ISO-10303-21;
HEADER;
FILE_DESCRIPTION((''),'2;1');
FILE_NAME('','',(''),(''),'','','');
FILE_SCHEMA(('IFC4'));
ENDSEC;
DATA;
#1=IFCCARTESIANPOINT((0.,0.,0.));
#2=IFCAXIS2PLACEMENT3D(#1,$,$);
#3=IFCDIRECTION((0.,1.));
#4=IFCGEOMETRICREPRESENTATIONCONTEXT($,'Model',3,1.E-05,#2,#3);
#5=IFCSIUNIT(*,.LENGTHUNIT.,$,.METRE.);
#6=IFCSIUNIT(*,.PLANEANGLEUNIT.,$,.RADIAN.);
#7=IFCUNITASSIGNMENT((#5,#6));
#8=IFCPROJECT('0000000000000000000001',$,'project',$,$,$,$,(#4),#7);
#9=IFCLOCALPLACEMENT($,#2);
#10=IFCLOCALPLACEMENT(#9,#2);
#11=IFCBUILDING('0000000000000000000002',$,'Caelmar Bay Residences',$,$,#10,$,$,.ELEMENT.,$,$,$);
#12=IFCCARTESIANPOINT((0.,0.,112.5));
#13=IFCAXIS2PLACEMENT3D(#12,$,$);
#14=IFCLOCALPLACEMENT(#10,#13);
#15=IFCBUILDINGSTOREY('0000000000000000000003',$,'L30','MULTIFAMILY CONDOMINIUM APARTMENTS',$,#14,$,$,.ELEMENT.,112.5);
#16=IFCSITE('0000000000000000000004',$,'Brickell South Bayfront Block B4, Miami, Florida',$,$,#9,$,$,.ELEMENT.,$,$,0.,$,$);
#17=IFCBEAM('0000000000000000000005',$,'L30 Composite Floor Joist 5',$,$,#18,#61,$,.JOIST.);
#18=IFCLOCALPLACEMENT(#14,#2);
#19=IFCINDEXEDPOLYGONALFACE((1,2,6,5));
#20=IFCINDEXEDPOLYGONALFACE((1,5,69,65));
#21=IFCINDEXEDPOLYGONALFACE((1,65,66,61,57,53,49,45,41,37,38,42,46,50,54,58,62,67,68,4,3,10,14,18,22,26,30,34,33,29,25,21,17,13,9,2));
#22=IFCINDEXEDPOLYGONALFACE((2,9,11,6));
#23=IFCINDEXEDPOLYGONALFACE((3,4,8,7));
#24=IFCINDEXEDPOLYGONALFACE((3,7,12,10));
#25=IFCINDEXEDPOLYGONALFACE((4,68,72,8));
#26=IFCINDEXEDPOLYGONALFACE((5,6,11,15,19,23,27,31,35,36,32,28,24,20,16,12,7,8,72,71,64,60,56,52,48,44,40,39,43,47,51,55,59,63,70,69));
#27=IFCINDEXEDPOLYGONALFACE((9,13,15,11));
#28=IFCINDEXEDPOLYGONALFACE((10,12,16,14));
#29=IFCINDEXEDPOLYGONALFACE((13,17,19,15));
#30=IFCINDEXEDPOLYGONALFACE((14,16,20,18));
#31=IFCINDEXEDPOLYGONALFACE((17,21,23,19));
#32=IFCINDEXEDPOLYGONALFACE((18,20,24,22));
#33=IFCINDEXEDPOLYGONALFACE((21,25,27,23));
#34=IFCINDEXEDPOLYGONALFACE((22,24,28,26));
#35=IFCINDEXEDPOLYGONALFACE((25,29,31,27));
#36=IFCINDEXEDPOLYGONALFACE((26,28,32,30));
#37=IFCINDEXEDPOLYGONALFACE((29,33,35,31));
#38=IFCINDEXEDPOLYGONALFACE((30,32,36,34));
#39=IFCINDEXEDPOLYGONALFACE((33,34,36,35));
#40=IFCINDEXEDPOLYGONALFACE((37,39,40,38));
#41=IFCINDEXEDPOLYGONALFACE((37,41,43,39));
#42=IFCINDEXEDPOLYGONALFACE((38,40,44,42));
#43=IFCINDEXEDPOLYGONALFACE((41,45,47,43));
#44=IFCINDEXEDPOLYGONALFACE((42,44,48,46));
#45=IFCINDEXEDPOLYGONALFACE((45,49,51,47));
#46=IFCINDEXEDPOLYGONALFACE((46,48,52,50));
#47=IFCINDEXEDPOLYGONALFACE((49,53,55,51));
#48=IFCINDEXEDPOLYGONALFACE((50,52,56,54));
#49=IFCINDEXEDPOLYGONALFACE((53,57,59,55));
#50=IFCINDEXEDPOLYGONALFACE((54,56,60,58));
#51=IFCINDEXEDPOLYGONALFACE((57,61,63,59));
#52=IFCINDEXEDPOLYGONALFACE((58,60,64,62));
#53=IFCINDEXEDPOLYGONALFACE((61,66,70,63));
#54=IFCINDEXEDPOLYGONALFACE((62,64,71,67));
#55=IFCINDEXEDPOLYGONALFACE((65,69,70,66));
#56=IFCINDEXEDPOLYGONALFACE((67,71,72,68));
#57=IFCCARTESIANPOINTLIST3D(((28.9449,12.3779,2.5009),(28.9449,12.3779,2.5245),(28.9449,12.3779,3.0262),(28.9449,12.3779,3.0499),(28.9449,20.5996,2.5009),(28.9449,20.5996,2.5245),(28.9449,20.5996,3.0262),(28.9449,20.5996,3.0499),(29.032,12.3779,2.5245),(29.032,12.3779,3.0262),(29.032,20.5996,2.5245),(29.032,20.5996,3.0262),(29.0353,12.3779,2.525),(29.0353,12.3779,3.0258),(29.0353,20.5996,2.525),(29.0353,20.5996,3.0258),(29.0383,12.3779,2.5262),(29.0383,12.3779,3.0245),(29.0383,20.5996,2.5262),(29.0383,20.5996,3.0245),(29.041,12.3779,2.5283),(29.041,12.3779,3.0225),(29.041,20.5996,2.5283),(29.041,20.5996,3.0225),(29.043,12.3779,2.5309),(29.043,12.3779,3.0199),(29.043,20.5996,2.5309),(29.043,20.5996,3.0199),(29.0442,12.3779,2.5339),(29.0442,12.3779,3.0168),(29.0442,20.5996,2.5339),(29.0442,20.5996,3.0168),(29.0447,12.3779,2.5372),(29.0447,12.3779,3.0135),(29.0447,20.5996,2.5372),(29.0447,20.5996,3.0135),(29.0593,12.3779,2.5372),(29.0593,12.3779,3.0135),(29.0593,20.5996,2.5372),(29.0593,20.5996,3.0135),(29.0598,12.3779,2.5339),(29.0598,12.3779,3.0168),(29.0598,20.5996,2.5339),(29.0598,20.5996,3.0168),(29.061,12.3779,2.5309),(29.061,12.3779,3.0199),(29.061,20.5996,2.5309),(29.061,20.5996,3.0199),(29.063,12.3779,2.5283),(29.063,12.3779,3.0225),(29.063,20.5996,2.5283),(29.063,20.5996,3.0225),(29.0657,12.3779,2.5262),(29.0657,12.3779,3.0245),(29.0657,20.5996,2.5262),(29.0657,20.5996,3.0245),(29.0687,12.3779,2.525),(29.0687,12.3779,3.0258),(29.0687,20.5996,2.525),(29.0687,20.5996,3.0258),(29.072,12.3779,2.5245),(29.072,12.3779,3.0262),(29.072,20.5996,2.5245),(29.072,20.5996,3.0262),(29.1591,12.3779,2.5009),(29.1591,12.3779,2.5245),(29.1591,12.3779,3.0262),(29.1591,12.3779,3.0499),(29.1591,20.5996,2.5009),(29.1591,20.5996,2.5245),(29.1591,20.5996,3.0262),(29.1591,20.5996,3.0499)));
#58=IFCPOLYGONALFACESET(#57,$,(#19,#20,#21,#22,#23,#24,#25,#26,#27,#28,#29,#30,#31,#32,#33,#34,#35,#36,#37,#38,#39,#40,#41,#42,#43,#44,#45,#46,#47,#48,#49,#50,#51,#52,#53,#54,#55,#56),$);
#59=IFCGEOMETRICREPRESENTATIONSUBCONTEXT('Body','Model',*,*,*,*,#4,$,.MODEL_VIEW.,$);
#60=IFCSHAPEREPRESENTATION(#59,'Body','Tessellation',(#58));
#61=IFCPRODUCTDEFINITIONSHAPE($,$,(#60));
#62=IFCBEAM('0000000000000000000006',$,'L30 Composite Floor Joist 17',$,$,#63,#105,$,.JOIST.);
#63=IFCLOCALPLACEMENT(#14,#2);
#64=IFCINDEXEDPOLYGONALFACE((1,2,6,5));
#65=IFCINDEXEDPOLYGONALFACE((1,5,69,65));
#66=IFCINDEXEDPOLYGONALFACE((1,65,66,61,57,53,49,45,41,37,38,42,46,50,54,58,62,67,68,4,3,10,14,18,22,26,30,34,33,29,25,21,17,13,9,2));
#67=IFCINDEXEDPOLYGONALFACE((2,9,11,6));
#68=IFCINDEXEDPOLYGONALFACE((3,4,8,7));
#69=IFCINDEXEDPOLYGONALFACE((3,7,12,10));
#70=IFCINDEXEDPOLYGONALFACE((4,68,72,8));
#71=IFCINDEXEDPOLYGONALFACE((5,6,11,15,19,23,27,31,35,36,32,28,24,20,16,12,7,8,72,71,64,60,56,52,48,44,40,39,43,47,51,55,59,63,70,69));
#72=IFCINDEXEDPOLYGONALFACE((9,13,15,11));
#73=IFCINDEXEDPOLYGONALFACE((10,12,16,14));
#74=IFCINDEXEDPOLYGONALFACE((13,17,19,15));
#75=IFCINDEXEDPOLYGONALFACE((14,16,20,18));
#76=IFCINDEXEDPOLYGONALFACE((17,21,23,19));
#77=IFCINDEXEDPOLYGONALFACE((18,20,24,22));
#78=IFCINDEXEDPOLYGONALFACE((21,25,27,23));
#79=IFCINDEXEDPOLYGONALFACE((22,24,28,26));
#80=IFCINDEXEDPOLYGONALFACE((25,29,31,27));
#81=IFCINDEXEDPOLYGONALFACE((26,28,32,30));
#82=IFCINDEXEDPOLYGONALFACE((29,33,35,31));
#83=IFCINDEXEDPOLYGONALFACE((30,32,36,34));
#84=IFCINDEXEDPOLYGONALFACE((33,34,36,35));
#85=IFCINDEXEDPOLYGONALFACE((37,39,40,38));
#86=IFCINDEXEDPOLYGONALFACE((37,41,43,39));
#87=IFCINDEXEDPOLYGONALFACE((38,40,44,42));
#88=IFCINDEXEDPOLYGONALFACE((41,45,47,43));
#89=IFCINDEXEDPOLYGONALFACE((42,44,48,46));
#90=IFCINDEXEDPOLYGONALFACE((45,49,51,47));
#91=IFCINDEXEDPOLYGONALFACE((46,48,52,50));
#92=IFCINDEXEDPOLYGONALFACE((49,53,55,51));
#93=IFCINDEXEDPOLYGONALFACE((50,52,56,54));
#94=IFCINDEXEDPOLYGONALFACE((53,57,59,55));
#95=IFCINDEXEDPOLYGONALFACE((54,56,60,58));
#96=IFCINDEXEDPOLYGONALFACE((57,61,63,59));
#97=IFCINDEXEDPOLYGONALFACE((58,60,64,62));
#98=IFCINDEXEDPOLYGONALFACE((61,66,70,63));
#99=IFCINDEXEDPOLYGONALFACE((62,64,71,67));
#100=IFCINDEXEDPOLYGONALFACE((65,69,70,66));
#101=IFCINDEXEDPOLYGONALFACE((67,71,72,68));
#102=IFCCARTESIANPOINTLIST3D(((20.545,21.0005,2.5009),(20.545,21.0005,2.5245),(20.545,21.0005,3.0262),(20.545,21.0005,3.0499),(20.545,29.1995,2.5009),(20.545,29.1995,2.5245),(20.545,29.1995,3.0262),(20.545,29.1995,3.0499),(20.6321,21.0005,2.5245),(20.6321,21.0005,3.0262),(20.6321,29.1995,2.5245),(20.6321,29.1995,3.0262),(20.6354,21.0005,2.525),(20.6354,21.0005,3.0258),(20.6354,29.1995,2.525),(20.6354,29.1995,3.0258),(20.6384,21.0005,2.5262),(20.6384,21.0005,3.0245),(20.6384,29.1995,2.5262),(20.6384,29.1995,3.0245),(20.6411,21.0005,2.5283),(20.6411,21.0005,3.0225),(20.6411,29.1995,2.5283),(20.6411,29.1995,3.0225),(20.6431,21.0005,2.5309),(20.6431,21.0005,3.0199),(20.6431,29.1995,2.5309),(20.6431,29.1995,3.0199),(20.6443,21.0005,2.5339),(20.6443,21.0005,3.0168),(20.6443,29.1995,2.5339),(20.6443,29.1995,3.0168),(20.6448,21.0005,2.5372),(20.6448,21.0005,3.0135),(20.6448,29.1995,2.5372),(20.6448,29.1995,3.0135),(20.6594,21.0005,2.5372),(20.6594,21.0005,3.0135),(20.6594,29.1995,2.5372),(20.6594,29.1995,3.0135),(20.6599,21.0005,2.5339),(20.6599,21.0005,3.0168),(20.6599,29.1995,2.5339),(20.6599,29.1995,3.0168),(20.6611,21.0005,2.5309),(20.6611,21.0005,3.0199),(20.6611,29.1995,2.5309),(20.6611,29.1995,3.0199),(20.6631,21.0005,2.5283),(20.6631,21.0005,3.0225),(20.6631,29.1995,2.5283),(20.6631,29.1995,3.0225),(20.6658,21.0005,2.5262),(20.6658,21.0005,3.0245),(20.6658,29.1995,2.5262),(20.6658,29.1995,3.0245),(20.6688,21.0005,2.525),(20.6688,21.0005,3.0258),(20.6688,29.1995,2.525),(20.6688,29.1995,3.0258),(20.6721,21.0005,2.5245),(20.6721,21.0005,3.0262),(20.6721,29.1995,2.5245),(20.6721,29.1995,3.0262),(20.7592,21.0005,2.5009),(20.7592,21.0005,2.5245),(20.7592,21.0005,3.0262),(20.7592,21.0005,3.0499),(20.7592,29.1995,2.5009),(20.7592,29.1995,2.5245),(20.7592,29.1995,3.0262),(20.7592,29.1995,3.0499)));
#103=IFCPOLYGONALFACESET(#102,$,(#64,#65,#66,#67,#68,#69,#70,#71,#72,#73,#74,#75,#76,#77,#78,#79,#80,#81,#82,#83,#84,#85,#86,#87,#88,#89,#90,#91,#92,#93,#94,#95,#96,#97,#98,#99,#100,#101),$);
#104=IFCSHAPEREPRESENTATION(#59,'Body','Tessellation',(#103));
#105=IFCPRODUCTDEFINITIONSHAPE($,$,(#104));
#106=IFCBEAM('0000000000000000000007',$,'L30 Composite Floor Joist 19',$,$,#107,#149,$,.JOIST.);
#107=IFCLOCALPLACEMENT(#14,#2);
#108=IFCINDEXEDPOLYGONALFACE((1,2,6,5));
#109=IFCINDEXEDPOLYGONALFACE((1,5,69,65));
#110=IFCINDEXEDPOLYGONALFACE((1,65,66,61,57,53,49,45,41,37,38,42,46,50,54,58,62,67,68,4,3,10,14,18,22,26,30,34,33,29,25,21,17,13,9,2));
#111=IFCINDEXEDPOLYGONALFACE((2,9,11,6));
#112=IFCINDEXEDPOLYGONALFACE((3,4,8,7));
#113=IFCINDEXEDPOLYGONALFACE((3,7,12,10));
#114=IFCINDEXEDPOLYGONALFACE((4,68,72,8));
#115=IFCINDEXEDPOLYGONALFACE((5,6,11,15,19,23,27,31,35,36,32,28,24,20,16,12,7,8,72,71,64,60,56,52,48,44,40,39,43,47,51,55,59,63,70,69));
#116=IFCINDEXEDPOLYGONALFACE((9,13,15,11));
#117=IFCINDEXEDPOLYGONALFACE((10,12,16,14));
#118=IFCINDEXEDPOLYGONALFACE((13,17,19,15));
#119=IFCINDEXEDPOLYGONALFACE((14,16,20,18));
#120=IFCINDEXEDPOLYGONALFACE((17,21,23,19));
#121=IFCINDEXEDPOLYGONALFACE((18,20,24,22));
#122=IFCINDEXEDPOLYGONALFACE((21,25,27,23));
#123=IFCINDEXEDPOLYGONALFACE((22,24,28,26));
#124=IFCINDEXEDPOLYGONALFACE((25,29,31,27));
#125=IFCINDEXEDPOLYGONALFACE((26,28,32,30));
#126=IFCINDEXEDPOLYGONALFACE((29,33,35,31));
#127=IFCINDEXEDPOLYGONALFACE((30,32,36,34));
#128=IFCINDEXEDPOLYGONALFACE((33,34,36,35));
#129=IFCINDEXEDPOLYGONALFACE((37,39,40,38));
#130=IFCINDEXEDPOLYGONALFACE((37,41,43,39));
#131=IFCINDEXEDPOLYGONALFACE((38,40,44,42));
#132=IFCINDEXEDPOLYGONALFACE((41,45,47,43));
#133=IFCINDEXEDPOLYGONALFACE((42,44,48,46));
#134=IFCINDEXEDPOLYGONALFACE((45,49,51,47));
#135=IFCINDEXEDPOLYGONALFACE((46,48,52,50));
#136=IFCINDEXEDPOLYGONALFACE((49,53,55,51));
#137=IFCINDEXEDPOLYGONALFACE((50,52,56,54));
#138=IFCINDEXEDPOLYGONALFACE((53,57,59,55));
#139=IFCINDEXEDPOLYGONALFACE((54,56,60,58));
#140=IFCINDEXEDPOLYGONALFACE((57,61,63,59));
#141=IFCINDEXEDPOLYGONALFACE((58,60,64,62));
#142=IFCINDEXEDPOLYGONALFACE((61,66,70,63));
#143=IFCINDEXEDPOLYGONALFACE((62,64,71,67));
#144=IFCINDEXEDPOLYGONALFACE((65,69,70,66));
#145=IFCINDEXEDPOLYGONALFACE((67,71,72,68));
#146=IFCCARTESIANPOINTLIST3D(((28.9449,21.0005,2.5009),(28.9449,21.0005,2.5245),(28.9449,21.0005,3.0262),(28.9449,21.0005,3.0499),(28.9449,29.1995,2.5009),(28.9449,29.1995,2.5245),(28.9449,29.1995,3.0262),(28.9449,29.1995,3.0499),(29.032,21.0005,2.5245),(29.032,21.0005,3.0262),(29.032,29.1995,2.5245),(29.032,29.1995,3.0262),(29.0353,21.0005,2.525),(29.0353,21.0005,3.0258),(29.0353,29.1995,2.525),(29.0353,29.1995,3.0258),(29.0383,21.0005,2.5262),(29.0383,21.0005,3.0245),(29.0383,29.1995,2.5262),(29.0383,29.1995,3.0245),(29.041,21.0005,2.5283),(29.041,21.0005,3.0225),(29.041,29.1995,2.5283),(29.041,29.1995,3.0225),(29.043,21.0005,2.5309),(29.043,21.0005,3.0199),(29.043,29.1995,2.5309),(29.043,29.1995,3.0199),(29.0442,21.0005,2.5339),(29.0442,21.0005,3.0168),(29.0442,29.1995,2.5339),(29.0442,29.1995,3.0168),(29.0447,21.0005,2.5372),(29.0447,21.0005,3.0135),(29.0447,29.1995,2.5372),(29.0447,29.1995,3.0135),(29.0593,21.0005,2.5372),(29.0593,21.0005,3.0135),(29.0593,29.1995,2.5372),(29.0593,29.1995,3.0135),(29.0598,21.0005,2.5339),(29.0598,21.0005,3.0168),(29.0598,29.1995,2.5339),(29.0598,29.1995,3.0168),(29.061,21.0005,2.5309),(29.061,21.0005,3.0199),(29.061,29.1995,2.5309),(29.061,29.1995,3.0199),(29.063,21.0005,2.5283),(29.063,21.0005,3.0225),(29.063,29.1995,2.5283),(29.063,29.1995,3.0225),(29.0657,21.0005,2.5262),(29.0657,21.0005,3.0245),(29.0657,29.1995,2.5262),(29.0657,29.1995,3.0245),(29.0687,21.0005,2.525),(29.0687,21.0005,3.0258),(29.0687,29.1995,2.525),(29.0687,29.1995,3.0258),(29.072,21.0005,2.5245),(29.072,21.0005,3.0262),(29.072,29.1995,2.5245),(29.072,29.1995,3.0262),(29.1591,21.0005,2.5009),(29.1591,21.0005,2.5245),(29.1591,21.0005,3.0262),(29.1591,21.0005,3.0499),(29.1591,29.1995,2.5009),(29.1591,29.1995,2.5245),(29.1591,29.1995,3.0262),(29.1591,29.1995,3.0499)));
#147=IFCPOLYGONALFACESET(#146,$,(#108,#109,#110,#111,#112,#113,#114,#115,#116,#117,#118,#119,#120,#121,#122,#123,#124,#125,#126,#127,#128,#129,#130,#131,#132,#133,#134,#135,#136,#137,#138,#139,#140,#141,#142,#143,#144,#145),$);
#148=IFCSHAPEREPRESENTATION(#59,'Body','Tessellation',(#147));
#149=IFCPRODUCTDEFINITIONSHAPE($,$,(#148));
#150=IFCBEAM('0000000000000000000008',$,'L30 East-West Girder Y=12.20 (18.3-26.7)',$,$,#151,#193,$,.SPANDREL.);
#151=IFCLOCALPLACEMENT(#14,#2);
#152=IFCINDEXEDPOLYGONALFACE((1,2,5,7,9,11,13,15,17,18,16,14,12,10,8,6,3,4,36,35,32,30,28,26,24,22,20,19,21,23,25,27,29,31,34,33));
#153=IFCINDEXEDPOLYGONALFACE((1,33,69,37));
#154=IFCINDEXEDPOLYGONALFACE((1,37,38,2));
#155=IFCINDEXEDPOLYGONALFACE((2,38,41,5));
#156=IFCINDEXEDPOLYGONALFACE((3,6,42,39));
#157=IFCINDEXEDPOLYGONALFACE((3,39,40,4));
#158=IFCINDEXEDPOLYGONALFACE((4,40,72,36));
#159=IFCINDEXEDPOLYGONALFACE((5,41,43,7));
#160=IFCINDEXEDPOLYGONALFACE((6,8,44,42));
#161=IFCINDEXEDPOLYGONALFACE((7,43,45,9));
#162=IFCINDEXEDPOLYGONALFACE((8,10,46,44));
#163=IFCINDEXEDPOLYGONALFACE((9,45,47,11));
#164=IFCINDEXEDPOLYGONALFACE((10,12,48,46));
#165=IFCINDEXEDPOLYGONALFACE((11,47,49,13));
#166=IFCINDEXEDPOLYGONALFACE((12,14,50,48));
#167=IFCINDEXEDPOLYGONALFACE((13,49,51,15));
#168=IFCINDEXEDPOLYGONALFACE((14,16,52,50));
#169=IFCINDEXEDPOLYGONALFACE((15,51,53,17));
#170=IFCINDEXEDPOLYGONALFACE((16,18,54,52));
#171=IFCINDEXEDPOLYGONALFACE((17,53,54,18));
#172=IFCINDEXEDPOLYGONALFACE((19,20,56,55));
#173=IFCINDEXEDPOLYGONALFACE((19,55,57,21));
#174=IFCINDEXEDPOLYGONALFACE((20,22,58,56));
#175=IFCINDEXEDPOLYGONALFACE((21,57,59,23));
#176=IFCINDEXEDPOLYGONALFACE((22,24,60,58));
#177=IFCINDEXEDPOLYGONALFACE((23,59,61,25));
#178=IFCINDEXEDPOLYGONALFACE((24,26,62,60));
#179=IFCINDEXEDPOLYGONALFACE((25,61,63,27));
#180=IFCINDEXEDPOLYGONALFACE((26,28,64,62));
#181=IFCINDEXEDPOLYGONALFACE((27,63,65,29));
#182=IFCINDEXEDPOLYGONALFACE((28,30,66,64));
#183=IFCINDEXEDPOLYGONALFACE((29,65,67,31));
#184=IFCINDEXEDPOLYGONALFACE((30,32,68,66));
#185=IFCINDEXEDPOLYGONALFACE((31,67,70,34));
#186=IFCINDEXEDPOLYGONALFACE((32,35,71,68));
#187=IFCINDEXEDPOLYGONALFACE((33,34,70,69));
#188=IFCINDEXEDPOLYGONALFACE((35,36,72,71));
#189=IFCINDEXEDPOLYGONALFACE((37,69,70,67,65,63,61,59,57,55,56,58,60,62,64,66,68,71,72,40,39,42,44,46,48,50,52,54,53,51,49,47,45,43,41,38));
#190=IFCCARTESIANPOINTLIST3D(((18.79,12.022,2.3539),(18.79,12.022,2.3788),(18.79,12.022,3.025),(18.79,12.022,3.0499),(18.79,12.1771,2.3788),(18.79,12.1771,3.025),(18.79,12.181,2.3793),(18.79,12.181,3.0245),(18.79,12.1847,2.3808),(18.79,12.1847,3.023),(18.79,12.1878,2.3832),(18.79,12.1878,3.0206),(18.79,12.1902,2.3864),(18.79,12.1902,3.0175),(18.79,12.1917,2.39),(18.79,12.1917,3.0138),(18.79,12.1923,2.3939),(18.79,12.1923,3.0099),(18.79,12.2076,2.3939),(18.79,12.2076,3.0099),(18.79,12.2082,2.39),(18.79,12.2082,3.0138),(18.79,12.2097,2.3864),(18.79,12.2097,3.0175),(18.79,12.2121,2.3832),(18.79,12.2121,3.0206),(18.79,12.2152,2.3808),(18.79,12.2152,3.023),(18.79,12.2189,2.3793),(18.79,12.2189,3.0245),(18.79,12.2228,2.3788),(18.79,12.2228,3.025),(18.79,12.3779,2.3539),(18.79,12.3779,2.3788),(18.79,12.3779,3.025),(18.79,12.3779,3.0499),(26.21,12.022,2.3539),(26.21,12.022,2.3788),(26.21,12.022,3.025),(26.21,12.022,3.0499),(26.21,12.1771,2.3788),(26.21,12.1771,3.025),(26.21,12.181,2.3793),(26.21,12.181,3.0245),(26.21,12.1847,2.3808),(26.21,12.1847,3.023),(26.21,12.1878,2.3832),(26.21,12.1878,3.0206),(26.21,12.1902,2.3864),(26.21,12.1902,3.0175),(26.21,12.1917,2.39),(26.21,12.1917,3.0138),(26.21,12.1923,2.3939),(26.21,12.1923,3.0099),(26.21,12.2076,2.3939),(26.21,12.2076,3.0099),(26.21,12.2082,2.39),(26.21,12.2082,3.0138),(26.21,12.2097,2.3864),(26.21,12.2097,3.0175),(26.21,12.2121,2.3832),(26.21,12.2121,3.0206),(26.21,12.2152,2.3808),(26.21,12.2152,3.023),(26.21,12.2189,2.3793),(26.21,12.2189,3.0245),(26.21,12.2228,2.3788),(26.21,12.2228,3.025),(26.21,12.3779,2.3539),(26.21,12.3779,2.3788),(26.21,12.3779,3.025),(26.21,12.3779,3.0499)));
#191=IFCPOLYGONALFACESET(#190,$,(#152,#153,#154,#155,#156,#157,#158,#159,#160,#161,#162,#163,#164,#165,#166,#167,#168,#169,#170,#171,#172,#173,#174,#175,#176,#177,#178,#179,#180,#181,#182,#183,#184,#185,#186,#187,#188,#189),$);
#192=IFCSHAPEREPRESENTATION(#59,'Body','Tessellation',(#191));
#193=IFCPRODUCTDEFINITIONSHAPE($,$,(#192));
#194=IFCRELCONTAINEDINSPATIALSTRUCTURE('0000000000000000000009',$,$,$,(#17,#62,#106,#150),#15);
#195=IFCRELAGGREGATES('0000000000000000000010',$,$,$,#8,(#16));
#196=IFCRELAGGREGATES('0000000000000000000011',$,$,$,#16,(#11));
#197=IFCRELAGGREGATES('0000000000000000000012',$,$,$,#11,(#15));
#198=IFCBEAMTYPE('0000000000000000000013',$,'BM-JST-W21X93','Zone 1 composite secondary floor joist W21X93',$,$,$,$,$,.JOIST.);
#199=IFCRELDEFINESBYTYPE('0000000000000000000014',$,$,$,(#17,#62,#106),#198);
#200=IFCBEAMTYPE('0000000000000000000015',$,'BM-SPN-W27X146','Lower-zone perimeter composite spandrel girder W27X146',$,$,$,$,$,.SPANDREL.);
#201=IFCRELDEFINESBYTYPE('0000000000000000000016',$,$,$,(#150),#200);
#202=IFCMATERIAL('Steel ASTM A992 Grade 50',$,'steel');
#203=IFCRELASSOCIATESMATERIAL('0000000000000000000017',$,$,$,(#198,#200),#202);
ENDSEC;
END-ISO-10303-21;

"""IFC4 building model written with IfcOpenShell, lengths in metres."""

from ifc_helpers import new_model, si_unit, direction, frame, origin, origin_2d, place, context, subcontext, project, spatial, i_section, extrude, material, material_profile, profile_set, type_object, element, save


model = new_model("IFC4")

# Units and contexts
model_context = context("Model", 3, precision=1e-05, world=origin(), true_north=direction((0.0, 1.0)))
body_context = subcontext(model_context, "Body", "Model", "MODEL_VIEW")
ifc_project = project(units=[si_unit("LENGTHUNIT", "METRE"), si_unit("PLANEANGLEUNIT", "RADIAN")], contexts=[model_context])

# Site, building, storey
site_placement = place(None, origin())
site = spatial("IfcSite", under=ifc_project, at=site_placement, Name="Brickell South Bayfront Block B4, Miami, Florida", CompositionType="ELEMENT", RefElevation=0.0)
building_placement = place(site_placement, origin())
building = spatial("IfcBuilding", under=site, at=building_placement, Name="Caelmar Bay Residences", CompositionType="ELEMENT")
storey_placement = place(building_placement, frame((0.0, 0.0, 112.5)))
storey = spatial("IfcBuildingStorey", under=building, at=storey_placement, Name="L30", Description="MULTIFAMILY CONDOMINIUM APARTMENTS", CompositionType="ELEMENT", Elevation=112.5)

# Beams
ifc_material_1 = material(Name="Steel ASTM A992 Grade 50", Category="steel")
ifc_material_profile_1 = material_profile(ifc_material_1, i_section(OverallWidth=0.2141, OverallDepth=0.5491, WebThickness=0.0146, FlangeThickness=0.0237, FilletRadius=0.0127, at=origin_2d()), Name="W21X93")
ifc_profile_set_1 = profile_set([ifc_material_profile_1], Name="Steel ASTM A992 Grade 50")
beam_type_1 = type_object("IfcBeamType", Name="BM-JST-W21X93", Description="Zone 1 composite secondary floor joist W21X93", PredefinedType="JOIST", material=ifc_profile_set_1)
for number, where, z_axis, x_axis, name in (
    (1, (29.052, 12.3779, 2.7754), (0.0, 1.0, 0.0), (-1.0, 0.0, 0.0), "L30 Composite Floor Joist 5"),
):
    element("IfcBeam", number, at=place(storey_placement, frame(where, z_axis=z_axis, x_axis=x_axis)), inside=storey, type_object=beam_type_1, Name=name, PredefinedType="JOIST", context=body_context, shape_type="SweptSolid", body=[
        extrude(i_section(OverallWidth=0.2141, OverallDepth=0.5491, WebThickness=0.0146, FlangeThickness=0.0237, FilletRadius=0.0127, at=origin_2d()), origin(), (0.0, 0.0, 1.0), 8.2217),
    ])
for number, where, z_axis, x_axis, name in (
    (2, (20.6521, 21.0005, 2.7754), (0.0, 1.0, 0.0), (-1.0, 0.0, 0.0), "L30 Composite Floor Joist 17"),
    (3, (29.052, 21.0005, 2.7754), (0.0, 1.0, 0.0), (-1.0, 0.0, 0.0), "L30 Composite Floor Joist 19"),
):
    element("IfcBeam", number, at=place(storey_placement, frame(where, z_axis=z_axis, x_axis=x_axis)), inside=storey, type_object=beam_type_1, Name=name, PredefinedType="JOIST", context=body_context, shape_type="SweptSolid", body=[
        extrude(i_section(OverallWidth=0.2141, OverallDepth=0.5491, WebThickness=0.0146, FlangeThickness=0.0237, FilletRadius=0.0127, at=origin_2d()), origin(), (0.0, 0.0, 1.0), 8.199),
    ])
ifc_material_profile_2 = material_profile(ifc_material_1, i_section(OverallWidth=0.356, OverallDepth=0.696, WebThickness=0.0154, FlangeThickness=0.0249, FilletRadius=0.0151, at=origin_2d()), Name="W27X146")
ifc_profile_set_2 = profile_set([ifc_material_profile_2], Name="Steel ASTM A992 Grade 50")
beam_type_2 = type_object("IfcBeamType", Name="BM-SPN-W27X146", Description="Lower-zone perimeter composite spandrel girder W27X146", PredefinedType="SPANDREL", material=ifc_profile_set_2)
beam_1_placement = place(storey_placement, frame((18.79, 12.2, 2.7019), z_axis=(1.0, 0.0, 0.0), x_axis=(0.0, 1.0, 0.0)))
element("IfcBeam", 4, at=beam_1_placement, inside=storey, type_object=beam_type_2, Name="L30 East-West Girder Y=12.20 (18.3-26.7)", PredefinedType="SPANDREL", context=body_context, shape_type="SweptSolid", body=[
    extrude(i_section(OverallWidth=0.356, OverallDepth=0.696, WebThickness=0.0154, FlangeThickness=0.0249, FilletRadius=0.0151, at=origin_2d()), origin(), (0.0, 0.0, 1.0), 7.4199),
])

save(model, "model.ifc")
